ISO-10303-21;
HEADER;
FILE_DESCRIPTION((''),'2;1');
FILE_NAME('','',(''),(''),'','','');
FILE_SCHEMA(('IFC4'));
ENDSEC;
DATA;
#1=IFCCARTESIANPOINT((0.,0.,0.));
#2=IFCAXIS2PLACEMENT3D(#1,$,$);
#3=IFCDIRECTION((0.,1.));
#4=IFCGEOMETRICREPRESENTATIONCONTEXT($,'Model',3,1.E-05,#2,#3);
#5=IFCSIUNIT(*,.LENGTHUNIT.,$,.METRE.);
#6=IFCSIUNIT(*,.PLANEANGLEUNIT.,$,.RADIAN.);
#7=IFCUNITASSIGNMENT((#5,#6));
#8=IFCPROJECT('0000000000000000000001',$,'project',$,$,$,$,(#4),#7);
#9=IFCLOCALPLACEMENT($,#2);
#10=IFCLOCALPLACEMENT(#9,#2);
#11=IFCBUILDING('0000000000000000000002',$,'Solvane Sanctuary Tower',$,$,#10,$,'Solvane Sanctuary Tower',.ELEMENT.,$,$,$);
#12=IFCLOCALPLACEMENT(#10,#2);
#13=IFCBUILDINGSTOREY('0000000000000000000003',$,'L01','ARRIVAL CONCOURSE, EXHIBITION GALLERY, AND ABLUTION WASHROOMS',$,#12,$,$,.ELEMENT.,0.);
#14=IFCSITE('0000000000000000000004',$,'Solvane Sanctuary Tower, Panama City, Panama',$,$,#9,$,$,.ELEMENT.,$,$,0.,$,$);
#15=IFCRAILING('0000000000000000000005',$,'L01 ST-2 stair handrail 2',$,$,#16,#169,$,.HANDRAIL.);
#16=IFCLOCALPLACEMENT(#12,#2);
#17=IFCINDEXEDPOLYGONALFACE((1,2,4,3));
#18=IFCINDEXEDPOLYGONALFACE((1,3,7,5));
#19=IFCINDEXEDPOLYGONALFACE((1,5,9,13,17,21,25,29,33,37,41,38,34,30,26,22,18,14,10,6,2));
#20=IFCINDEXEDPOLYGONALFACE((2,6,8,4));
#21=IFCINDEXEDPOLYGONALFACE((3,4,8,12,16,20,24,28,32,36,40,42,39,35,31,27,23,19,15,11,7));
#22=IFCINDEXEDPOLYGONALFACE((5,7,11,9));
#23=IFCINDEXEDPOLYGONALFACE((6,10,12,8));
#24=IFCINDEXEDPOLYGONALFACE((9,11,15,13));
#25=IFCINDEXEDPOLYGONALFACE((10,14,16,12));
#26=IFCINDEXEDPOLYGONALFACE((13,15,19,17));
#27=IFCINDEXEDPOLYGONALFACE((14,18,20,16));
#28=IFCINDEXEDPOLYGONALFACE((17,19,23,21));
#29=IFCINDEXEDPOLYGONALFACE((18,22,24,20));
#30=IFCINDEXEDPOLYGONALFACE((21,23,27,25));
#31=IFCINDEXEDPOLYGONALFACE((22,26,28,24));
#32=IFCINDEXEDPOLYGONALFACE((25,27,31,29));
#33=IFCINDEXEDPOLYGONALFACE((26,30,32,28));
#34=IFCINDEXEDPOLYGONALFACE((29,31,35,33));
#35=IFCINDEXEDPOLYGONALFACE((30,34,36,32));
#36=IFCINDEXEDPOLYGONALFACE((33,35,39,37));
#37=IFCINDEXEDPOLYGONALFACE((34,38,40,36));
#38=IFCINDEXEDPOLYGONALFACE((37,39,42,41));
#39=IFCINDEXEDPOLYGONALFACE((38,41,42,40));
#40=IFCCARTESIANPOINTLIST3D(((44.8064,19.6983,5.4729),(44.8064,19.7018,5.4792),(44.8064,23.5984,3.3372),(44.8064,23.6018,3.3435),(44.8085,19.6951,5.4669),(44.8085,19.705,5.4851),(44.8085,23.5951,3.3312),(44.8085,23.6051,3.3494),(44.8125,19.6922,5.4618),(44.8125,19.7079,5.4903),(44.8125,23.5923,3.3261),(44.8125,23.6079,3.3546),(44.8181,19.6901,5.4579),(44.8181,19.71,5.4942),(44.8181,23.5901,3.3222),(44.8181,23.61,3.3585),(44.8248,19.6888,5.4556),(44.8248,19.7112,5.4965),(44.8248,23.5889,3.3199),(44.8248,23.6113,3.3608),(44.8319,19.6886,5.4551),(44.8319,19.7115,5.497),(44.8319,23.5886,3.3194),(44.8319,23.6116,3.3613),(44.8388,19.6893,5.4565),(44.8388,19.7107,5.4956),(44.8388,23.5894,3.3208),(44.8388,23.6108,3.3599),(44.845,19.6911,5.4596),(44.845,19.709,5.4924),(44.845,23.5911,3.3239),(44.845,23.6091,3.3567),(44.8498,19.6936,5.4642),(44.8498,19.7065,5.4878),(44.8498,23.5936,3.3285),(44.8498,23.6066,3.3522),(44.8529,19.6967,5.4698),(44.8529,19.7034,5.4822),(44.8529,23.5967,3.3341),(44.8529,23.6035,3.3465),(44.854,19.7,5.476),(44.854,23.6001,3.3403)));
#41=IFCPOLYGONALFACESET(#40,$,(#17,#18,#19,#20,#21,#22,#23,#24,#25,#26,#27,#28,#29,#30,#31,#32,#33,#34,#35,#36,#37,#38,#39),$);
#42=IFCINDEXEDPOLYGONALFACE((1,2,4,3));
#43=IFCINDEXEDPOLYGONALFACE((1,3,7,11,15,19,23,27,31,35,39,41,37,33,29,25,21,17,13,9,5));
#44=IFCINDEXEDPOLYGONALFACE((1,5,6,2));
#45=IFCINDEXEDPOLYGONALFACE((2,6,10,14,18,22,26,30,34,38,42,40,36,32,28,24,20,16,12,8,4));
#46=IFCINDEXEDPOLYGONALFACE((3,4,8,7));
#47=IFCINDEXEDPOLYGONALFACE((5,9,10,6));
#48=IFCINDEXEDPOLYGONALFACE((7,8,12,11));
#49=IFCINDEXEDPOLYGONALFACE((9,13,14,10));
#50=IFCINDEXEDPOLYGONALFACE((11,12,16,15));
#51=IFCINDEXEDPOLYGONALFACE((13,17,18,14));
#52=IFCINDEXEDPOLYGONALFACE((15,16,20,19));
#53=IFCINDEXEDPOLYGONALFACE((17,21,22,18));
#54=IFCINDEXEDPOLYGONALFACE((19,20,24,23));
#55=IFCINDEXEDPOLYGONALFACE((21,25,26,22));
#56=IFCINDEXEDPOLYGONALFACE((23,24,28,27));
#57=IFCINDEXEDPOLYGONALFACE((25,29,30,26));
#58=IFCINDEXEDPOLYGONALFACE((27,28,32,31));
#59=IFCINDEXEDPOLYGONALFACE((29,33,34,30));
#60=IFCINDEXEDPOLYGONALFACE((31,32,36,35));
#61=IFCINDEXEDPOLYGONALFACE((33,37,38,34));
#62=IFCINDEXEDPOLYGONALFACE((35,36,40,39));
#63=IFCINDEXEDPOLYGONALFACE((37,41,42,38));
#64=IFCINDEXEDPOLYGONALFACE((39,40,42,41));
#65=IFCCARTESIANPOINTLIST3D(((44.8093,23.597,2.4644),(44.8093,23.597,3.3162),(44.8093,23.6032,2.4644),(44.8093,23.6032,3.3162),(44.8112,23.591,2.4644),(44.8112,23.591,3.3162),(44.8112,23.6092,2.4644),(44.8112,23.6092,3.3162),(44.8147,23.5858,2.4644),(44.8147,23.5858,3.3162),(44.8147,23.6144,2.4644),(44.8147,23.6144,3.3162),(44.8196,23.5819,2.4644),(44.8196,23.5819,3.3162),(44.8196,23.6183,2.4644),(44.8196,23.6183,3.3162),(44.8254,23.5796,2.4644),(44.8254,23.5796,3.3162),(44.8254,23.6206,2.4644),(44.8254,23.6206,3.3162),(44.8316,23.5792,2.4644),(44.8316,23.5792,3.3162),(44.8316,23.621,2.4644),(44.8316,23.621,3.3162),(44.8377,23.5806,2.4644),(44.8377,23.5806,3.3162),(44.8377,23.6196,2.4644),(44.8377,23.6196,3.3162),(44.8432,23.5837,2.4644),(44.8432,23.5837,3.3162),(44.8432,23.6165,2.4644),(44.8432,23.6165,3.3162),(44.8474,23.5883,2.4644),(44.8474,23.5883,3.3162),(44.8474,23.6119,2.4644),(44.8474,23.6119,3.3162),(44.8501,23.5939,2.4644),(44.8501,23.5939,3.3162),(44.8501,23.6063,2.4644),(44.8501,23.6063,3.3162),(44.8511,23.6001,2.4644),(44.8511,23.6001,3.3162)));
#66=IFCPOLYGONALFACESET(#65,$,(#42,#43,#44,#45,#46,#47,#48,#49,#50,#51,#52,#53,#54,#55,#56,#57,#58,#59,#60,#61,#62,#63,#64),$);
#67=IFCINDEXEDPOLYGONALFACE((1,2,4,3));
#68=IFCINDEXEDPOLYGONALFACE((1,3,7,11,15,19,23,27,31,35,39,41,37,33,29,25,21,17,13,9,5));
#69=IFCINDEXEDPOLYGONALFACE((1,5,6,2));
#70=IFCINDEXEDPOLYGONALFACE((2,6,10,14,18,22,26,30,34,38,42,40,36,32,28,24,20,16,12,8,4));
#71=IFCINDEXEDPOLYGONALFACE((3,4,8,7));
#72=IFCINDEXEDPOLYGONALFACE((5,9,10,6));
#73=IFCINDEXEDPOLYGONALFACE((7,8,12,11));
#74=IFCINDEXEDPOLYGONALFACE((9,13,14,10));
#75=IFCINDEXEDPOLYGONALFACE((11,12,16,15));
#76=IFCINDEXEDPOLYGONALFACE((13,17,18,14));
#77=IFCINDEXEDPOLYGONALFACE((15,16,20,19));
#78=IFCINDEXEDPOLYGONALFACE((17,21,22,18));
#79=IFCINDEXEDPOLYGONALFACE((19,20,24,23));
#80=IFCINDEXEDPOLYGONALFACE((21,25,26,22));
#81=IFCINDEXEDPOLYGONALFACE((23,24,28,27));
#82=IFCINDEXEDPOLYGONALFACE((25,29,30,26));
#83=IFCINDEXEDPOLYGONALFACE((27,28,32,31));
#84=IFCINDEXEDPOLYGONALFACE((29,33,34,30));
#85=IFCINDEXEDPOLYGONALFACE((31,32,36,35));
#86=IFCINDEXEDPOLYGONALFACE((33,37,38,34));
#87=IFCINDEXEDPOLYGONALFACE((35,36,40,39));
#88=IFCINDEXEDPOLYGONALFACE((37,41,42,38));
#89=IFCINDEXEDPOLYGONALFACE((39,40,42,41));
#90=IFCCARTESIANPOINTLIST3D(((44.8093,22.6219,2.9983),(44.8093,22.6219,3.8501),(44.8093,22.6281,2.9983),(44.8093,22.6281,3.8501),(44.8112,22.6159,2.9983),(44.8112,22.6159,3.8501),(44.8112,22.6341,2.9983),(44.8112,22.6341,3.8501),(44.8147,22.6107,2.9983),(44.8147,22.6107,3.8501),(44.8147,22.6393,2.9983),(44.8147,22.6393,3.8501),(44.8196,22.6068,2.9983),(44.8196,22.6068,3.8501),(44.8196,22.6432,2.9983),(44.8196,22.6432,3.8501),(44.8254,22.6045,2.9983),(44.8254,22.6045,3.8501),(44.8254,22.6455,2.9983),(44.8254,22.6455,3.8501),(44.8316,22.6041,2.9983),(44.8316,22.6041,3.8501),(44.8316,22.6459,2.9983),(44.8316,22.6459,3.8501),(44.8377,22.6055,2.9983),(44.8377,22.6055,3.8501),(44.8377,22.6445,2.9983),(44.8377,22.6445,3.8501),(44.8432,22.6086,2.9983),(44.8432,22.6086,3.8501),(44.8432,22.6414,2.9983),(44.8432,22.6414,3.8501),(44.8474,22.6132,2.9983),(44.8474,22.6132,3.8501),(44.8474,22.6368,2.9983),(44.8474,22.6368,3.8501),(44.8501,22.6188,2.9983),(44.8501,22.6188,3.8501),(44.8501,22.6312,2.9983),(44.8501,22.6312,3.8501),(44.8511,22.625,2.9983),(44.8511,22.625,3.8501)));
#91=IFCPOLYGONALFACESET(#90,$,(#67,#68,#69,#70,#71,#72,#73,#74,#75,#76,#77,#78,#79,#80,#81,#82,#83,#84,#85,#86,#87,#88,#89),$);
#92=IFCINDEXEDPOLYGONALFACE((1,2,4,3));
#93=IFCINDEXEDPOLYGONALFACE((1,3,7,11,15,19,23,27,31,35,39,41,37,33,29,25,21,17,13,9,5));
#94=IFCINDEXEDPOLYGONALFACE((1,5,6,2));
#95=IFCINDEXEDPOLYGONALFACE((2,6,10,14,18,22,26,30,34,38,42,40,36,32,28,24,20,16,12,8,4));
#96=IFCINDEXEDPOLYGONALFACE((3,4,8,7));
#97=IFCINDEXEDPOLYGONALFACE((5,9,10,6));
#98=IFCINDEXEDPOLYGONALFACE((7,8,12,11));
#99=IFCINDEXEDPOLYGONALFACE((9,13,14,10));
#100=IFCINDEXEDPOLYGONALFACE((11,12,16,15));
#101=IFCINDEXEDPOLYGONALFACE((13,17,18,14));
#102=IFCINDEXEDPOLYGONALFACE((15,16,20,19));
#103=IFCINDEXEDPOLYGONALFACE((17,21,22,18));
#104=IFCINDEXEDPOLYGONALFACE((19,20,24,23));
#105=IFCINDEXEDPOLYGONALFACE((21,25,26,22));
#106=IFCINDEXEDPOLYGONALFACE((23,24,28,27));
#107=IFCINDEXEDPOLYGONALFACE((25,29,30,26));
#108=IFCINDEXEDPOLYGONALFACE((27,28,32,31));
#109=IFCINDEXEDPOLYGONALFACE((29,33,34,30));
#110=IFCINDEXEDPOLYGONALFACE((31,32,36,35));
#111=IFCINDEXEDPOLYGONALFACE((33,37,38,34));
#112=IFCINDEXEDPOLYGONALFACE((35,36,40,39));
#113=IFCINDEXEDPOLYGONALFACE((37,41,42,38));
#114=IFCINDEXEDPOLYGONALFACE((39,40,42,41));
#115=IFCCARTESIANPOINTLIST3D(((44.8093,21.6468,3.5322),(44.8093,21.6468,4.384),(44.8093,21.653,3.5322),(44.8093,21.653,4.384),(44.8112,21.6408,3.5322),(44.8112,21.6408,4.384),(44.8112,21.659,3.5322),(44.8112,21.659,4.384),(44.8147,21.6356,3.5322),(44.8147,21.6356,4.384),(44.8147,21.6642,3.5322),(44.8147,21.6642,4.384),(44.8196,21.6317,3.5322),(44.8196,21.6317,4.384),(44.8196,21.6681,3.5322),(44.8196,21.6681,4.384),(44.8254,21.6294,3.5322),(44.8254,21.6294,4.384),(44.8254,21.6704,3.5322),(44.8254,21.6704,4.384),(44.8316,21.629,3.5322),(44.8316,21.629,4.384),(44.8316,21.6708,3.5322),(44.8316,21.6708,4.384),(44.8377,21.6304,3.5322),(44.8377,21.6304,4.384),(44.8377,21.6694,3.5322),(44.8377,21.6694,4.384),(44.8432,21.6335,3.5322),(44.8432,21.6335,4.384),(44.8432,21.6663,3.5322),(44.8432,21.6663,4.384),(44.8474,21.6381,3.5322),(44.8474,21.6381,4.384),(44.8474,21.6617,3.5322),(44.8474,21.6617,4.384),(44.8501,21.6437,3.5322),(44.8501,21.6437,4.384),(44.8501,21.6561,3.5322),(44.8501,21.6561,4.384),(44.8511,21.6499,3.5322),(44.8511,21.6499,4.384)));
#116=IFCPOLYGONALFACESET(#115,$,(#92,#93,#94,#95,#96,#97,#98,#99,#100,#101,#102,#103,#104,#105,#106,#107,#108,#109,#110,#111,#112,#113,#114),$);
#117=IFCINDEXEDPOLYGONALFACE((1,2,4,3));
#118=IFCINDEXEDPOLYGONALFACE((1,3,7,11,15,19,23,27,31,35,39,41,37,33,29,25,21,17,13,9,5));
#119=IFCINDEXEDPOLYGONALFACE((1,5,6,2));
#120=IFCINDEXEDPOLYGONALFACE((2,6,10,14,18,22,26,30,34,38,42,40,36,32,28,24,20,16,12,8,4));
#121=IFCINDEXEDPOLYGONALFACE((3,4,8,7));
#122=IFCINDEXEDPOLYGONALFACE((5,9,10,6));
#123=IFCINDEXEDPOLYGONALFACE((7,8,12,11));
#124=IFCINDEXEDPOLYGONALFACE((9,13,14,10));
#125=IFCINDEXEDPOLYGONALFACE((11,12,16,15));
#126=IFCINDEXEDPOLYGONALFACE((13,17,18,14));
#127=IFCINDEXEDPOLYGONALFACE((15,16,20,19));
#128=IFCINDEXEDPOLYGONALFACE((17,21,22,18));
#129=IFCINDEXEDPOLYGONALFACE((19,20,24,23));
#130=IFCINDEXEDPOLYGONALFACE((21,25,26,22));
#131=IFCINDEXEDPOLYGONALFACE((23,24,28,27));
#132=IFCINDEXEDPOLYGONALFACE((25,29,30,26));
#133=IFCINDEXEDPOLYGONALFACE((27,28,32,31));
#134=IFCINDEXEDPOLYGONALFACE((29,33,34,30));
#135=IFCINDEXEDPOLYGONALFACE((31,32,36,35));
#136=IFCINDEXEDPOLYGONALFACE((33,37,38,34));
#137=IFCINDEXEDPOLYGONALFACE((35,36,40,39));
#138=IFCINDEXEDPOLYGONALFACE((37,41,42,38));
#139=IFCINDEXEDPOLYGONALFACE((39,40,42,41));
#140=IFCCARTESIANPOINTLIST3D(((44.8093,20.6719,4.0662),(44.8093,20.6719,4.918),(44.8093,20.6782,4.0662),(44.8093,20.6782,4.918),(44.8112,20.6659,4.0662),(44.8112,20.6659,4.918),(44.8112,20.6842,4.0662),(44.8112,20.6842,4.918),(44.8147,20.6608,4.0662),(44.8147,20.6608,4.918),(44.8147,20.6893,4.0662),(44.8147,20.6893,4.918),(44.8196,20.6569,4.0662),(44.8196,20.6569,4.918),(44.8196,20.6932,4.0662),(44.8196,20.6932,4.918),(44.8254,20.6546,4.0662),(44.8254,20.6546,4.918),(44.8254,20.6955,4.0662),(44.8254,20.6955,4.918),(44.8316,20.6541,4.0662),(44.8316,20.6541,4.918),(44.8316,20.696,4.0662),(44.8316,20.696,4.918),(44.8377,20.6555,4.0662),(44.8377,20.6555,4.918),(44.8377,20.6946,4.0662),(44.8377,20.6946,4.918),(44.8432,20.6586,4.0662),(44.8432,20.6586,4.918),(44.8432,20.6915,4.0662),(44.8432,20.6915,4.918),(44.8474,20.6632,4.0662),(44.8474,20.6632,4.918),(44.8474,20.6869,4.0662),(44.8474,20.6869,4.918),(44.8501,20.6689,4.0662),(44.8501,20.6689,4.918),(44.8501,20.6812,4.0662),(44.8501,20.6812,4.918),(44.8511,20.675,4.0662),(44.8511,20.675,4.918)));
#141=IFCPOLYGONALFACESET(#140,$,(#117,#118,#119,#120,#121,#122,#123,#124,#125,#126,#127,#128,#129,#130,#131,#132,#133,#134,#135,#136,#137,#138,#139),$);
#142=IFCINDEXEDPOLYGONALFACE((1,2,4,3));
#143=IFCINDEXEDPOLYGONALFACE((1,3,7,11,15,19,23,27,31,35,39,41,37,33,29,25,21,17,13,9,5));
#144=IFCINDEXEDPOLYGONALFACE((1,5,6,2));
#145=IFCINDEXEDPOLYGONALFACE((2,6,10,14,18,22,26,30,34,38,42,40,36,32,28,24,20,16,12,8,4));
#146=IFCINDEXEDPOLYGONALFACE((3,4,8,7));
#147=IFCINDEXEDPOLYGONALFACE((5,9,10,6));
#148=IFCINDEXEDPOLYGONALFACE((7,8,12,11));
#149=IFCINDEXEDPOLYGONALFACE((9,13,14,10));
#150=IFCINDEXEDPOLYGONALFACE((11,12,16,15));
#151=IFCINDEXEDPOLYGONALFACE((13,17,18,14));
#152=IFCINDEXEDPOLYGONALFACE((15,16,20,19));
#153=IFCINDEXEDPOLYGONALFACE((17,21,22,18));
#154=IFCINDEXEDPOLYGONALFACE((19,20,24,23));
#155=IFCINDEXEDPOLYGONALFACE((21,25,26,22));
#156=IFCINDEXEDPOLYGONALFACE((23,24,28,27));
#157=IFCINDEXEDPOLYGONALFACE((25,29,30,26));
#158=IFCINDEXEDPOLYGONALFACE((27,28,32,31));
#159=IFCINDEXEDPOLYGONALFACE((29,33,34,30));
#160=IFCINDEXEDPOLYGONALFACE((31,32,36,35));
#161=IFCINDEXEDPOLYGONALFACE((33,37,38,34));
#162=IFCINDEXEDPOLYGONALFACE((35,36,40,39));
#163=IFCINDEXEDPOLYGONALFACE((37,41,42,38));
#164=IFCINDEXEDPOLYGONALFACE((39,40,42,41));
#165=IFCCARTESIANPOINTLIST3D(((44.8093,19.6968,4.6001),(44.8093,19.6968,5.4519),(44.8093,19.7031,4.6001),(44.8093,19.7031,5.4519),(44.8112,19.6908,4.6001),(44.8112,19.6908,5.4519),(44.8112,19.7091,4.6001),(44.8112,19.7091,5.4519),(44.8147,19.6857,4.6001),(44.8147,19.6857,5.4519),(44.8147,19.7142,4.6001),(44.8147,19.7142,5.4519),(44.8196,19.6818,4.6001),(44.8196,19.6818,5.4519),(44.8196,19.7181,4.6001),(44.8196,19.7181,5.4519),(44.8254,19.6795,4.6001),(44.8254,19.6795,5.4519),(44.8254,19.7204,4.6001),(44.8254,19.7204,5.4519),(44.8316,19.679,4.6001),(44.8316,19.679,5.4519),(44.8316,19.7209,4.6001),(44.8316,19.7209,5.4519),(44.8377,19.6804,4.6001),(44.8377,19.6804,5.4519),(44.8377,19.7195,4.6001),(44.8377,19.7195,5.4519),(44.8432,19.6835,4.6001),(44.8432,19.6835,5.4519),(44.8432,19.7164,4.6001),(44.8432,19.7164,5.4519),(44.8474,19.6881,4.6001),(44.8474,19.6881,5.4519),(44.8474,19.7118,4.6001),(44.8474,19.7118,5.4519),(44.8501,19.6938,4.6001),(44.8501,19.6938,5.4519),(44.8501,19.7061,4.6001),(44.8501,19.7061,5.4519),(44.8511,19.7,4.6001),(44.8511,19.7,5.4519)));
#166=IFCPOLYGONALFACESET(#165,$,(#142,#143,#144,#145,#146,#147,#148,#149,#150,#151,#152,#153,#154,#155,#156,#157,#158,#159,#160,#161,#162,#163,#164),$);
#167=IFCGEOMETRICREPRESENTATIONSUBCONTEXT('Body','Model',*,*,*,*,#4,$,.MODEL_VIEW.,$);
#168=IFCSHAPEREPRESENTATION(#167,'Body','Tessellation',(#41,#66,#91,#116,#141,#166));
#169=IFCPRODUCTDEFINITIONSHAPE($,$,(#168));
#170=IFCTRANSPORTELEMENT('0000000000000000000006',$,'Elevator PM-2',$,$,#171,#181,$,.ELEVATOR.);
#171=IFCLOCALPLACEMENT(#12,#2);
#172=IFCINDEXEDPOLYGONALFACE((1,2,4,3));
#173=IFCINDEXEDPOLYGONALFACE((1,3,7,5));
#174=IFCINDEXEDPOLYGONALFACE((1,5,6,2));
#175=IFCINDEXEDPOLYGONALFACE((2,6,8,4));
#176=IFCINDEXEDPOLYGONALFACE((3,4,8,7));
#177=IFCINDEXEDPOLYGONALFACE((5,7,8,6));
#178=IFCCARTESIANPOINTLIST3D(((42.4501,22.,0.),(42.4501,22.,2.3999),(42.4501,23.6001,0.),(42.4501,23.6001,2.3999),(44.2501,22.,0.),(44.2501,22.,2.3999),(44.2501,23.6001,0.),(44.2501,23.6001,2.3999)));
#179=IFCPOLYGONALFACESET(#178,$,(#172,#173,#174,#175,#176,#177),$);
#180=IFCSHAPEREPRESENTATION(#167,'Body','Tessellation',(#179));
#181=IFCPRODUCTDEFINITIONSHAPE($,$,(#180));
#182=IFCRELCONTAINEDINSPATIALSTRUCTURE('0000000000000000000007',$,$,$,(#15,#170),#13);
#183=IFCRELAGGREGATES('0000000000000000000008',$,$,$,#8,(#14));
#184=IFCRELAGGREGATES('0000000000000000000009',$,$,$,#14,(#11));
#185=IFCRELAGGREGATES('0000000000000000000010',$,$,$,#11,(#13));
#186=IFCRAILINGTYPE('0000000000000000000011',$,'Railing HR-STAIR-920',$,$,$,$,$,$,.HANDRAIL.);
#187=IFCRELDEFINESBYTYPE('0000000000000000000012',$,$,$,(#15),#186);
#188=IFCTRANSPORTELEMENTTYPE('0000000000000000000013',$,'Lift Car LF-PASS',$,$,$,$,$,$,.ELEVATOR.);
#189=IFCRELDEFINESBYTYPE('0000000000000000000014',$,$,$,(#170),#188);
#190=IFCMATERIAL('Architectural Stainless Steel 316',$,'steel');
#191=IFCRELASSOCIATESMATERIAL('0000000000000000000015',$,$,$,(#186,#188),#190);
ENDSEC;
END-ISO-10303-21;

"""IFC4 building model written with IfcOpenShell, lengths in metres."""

from ifc_helpers import new_model, si_unit, direction, frame, origin, origin_2d, place, context, subcontext, project, spatial, rectangle, circle, extrude, material, type_object, element, save


model = new_model("IFC4")

# Units and contexts
model_context = context("Model", 3, precision=1e-05, world=origin(), true_north=direction((0.0, 1.0)))
body_context = subcontext(model_context, "Body", "Model", "MODEL_VIEW")
ifc_project = project(units=[si_unit("LENGTHUNIT", "METRE"), si_unit("PLANEANGLEUNIT", "RADIAN")], contexts=[model_context])

# Site, building, storey
site_placement = place(None, origin())
site = spatial("IfcSite", under=ifc_project, at=site_placement, Name="Solvane Sanctuary Tower, Panama City, Panama", CompositionType="ELEMENT", RefElevation=0.0)
building_placement = place(site_placement, origin())
building = spatial("IfcBuilding", under=site, at=building_placement, Name="Solvane Sanctuary Tower", LongName="Solvane Sanctuary Tower", CompositionType="ELEMENT")
storey_placement = place(building_placement, origin())
storey = spatial("IfcBuildingStorey", under=building, at=storey_placement, Name="L01", Description="ARRIVAL CONCOURSE, EXHIBITION GALLERY, AND ABLUTION WASHROOMS", CompositionType="ELEMENT", Elevation=0.0)

# Shared definitions
ifc_material_1 = material(Name="Architectural Stainless Steel 316", Category="steel")

# Railing
railing_type_1 = type_object("IfcRailingType", Name="Railing HR-STAIR-920", PredefinedType="HANDRAIL", material=ifc_material_1)
railing_1_placement = place(storey_placement, frame((44.8301, 23.6001, 2.4644)))
element("IfcRailing", 1, at=railing_1_placement, inside=storey, type_object=railing_type_1, Name="L01 ST-2 stair handrail 2", PredefinedType="HANDRAIL", context=body_context, shape_type="SweptSolid", body=[
    extrude(circle(Radius=0.0239, at=origin_2d()), frame((0.0, 0.0, 0.876), z_axis=(0.0, -0.877101, 0.480306), x_axis=(1.0, 0.0, 0.0)), (0.0, 0.0, 1.0), 4.4465),
    extrude(circle(Radius=0.021, at=origin_2d()), origin(), (0.0, 0.0, 1.0), 0.8518),
    extrude(circle(Radius=0.021, at=origin_2d()), frame((0.0, -0.9751, 0.5339)), (0.0, 0.0, 1.0), 0.8518),
    extrude(circle(Radius=0.021, at=origin_2d()), frame((0.0, -1.9502, 1.0679)), (0.0, 0.0, 1.0), 0.8518),
    extrude(circle(Radius=0.021, at=origin_2d()), frame((0.0, -2.925, 1.6018)), (0.0, 0.0, 1.0), 0.8518),
    extrude(circle(Radius=0.021, at=origin_2d()), frame((0.0, -3.9001, 2.1357)), (0.0, 0.0, 1.0), 0.8518),
])

# Transport element
transport_element_type = type_object("IfcTransportElementType", Name="Lift Car LF-PASS", PredefinedType="ELEVATOR", material=ifc_material_1)
transport_element_placement = place(storey_placement, frame((43.3501, 22.8, 0.0), z_axis=(0.0, 0.0, 1.0), x_axis=(1.0, 0.0, 0.0)))
element("IfcTransportElement", 2, at=transport_element_placement, inside=storey, type_object=transport_element_type, Name="Elevator PM-2", PredefinedType="ELEVATOR", context=body_context, shape_type="SweptSolid", body=[
    extrude(rectangle(XDim=1.8, YDim=1.6001, at=origin_2d()), origin(), (0.0, 0.0, 1.0), 2.3999),
])

save(model, "model.ifc")
